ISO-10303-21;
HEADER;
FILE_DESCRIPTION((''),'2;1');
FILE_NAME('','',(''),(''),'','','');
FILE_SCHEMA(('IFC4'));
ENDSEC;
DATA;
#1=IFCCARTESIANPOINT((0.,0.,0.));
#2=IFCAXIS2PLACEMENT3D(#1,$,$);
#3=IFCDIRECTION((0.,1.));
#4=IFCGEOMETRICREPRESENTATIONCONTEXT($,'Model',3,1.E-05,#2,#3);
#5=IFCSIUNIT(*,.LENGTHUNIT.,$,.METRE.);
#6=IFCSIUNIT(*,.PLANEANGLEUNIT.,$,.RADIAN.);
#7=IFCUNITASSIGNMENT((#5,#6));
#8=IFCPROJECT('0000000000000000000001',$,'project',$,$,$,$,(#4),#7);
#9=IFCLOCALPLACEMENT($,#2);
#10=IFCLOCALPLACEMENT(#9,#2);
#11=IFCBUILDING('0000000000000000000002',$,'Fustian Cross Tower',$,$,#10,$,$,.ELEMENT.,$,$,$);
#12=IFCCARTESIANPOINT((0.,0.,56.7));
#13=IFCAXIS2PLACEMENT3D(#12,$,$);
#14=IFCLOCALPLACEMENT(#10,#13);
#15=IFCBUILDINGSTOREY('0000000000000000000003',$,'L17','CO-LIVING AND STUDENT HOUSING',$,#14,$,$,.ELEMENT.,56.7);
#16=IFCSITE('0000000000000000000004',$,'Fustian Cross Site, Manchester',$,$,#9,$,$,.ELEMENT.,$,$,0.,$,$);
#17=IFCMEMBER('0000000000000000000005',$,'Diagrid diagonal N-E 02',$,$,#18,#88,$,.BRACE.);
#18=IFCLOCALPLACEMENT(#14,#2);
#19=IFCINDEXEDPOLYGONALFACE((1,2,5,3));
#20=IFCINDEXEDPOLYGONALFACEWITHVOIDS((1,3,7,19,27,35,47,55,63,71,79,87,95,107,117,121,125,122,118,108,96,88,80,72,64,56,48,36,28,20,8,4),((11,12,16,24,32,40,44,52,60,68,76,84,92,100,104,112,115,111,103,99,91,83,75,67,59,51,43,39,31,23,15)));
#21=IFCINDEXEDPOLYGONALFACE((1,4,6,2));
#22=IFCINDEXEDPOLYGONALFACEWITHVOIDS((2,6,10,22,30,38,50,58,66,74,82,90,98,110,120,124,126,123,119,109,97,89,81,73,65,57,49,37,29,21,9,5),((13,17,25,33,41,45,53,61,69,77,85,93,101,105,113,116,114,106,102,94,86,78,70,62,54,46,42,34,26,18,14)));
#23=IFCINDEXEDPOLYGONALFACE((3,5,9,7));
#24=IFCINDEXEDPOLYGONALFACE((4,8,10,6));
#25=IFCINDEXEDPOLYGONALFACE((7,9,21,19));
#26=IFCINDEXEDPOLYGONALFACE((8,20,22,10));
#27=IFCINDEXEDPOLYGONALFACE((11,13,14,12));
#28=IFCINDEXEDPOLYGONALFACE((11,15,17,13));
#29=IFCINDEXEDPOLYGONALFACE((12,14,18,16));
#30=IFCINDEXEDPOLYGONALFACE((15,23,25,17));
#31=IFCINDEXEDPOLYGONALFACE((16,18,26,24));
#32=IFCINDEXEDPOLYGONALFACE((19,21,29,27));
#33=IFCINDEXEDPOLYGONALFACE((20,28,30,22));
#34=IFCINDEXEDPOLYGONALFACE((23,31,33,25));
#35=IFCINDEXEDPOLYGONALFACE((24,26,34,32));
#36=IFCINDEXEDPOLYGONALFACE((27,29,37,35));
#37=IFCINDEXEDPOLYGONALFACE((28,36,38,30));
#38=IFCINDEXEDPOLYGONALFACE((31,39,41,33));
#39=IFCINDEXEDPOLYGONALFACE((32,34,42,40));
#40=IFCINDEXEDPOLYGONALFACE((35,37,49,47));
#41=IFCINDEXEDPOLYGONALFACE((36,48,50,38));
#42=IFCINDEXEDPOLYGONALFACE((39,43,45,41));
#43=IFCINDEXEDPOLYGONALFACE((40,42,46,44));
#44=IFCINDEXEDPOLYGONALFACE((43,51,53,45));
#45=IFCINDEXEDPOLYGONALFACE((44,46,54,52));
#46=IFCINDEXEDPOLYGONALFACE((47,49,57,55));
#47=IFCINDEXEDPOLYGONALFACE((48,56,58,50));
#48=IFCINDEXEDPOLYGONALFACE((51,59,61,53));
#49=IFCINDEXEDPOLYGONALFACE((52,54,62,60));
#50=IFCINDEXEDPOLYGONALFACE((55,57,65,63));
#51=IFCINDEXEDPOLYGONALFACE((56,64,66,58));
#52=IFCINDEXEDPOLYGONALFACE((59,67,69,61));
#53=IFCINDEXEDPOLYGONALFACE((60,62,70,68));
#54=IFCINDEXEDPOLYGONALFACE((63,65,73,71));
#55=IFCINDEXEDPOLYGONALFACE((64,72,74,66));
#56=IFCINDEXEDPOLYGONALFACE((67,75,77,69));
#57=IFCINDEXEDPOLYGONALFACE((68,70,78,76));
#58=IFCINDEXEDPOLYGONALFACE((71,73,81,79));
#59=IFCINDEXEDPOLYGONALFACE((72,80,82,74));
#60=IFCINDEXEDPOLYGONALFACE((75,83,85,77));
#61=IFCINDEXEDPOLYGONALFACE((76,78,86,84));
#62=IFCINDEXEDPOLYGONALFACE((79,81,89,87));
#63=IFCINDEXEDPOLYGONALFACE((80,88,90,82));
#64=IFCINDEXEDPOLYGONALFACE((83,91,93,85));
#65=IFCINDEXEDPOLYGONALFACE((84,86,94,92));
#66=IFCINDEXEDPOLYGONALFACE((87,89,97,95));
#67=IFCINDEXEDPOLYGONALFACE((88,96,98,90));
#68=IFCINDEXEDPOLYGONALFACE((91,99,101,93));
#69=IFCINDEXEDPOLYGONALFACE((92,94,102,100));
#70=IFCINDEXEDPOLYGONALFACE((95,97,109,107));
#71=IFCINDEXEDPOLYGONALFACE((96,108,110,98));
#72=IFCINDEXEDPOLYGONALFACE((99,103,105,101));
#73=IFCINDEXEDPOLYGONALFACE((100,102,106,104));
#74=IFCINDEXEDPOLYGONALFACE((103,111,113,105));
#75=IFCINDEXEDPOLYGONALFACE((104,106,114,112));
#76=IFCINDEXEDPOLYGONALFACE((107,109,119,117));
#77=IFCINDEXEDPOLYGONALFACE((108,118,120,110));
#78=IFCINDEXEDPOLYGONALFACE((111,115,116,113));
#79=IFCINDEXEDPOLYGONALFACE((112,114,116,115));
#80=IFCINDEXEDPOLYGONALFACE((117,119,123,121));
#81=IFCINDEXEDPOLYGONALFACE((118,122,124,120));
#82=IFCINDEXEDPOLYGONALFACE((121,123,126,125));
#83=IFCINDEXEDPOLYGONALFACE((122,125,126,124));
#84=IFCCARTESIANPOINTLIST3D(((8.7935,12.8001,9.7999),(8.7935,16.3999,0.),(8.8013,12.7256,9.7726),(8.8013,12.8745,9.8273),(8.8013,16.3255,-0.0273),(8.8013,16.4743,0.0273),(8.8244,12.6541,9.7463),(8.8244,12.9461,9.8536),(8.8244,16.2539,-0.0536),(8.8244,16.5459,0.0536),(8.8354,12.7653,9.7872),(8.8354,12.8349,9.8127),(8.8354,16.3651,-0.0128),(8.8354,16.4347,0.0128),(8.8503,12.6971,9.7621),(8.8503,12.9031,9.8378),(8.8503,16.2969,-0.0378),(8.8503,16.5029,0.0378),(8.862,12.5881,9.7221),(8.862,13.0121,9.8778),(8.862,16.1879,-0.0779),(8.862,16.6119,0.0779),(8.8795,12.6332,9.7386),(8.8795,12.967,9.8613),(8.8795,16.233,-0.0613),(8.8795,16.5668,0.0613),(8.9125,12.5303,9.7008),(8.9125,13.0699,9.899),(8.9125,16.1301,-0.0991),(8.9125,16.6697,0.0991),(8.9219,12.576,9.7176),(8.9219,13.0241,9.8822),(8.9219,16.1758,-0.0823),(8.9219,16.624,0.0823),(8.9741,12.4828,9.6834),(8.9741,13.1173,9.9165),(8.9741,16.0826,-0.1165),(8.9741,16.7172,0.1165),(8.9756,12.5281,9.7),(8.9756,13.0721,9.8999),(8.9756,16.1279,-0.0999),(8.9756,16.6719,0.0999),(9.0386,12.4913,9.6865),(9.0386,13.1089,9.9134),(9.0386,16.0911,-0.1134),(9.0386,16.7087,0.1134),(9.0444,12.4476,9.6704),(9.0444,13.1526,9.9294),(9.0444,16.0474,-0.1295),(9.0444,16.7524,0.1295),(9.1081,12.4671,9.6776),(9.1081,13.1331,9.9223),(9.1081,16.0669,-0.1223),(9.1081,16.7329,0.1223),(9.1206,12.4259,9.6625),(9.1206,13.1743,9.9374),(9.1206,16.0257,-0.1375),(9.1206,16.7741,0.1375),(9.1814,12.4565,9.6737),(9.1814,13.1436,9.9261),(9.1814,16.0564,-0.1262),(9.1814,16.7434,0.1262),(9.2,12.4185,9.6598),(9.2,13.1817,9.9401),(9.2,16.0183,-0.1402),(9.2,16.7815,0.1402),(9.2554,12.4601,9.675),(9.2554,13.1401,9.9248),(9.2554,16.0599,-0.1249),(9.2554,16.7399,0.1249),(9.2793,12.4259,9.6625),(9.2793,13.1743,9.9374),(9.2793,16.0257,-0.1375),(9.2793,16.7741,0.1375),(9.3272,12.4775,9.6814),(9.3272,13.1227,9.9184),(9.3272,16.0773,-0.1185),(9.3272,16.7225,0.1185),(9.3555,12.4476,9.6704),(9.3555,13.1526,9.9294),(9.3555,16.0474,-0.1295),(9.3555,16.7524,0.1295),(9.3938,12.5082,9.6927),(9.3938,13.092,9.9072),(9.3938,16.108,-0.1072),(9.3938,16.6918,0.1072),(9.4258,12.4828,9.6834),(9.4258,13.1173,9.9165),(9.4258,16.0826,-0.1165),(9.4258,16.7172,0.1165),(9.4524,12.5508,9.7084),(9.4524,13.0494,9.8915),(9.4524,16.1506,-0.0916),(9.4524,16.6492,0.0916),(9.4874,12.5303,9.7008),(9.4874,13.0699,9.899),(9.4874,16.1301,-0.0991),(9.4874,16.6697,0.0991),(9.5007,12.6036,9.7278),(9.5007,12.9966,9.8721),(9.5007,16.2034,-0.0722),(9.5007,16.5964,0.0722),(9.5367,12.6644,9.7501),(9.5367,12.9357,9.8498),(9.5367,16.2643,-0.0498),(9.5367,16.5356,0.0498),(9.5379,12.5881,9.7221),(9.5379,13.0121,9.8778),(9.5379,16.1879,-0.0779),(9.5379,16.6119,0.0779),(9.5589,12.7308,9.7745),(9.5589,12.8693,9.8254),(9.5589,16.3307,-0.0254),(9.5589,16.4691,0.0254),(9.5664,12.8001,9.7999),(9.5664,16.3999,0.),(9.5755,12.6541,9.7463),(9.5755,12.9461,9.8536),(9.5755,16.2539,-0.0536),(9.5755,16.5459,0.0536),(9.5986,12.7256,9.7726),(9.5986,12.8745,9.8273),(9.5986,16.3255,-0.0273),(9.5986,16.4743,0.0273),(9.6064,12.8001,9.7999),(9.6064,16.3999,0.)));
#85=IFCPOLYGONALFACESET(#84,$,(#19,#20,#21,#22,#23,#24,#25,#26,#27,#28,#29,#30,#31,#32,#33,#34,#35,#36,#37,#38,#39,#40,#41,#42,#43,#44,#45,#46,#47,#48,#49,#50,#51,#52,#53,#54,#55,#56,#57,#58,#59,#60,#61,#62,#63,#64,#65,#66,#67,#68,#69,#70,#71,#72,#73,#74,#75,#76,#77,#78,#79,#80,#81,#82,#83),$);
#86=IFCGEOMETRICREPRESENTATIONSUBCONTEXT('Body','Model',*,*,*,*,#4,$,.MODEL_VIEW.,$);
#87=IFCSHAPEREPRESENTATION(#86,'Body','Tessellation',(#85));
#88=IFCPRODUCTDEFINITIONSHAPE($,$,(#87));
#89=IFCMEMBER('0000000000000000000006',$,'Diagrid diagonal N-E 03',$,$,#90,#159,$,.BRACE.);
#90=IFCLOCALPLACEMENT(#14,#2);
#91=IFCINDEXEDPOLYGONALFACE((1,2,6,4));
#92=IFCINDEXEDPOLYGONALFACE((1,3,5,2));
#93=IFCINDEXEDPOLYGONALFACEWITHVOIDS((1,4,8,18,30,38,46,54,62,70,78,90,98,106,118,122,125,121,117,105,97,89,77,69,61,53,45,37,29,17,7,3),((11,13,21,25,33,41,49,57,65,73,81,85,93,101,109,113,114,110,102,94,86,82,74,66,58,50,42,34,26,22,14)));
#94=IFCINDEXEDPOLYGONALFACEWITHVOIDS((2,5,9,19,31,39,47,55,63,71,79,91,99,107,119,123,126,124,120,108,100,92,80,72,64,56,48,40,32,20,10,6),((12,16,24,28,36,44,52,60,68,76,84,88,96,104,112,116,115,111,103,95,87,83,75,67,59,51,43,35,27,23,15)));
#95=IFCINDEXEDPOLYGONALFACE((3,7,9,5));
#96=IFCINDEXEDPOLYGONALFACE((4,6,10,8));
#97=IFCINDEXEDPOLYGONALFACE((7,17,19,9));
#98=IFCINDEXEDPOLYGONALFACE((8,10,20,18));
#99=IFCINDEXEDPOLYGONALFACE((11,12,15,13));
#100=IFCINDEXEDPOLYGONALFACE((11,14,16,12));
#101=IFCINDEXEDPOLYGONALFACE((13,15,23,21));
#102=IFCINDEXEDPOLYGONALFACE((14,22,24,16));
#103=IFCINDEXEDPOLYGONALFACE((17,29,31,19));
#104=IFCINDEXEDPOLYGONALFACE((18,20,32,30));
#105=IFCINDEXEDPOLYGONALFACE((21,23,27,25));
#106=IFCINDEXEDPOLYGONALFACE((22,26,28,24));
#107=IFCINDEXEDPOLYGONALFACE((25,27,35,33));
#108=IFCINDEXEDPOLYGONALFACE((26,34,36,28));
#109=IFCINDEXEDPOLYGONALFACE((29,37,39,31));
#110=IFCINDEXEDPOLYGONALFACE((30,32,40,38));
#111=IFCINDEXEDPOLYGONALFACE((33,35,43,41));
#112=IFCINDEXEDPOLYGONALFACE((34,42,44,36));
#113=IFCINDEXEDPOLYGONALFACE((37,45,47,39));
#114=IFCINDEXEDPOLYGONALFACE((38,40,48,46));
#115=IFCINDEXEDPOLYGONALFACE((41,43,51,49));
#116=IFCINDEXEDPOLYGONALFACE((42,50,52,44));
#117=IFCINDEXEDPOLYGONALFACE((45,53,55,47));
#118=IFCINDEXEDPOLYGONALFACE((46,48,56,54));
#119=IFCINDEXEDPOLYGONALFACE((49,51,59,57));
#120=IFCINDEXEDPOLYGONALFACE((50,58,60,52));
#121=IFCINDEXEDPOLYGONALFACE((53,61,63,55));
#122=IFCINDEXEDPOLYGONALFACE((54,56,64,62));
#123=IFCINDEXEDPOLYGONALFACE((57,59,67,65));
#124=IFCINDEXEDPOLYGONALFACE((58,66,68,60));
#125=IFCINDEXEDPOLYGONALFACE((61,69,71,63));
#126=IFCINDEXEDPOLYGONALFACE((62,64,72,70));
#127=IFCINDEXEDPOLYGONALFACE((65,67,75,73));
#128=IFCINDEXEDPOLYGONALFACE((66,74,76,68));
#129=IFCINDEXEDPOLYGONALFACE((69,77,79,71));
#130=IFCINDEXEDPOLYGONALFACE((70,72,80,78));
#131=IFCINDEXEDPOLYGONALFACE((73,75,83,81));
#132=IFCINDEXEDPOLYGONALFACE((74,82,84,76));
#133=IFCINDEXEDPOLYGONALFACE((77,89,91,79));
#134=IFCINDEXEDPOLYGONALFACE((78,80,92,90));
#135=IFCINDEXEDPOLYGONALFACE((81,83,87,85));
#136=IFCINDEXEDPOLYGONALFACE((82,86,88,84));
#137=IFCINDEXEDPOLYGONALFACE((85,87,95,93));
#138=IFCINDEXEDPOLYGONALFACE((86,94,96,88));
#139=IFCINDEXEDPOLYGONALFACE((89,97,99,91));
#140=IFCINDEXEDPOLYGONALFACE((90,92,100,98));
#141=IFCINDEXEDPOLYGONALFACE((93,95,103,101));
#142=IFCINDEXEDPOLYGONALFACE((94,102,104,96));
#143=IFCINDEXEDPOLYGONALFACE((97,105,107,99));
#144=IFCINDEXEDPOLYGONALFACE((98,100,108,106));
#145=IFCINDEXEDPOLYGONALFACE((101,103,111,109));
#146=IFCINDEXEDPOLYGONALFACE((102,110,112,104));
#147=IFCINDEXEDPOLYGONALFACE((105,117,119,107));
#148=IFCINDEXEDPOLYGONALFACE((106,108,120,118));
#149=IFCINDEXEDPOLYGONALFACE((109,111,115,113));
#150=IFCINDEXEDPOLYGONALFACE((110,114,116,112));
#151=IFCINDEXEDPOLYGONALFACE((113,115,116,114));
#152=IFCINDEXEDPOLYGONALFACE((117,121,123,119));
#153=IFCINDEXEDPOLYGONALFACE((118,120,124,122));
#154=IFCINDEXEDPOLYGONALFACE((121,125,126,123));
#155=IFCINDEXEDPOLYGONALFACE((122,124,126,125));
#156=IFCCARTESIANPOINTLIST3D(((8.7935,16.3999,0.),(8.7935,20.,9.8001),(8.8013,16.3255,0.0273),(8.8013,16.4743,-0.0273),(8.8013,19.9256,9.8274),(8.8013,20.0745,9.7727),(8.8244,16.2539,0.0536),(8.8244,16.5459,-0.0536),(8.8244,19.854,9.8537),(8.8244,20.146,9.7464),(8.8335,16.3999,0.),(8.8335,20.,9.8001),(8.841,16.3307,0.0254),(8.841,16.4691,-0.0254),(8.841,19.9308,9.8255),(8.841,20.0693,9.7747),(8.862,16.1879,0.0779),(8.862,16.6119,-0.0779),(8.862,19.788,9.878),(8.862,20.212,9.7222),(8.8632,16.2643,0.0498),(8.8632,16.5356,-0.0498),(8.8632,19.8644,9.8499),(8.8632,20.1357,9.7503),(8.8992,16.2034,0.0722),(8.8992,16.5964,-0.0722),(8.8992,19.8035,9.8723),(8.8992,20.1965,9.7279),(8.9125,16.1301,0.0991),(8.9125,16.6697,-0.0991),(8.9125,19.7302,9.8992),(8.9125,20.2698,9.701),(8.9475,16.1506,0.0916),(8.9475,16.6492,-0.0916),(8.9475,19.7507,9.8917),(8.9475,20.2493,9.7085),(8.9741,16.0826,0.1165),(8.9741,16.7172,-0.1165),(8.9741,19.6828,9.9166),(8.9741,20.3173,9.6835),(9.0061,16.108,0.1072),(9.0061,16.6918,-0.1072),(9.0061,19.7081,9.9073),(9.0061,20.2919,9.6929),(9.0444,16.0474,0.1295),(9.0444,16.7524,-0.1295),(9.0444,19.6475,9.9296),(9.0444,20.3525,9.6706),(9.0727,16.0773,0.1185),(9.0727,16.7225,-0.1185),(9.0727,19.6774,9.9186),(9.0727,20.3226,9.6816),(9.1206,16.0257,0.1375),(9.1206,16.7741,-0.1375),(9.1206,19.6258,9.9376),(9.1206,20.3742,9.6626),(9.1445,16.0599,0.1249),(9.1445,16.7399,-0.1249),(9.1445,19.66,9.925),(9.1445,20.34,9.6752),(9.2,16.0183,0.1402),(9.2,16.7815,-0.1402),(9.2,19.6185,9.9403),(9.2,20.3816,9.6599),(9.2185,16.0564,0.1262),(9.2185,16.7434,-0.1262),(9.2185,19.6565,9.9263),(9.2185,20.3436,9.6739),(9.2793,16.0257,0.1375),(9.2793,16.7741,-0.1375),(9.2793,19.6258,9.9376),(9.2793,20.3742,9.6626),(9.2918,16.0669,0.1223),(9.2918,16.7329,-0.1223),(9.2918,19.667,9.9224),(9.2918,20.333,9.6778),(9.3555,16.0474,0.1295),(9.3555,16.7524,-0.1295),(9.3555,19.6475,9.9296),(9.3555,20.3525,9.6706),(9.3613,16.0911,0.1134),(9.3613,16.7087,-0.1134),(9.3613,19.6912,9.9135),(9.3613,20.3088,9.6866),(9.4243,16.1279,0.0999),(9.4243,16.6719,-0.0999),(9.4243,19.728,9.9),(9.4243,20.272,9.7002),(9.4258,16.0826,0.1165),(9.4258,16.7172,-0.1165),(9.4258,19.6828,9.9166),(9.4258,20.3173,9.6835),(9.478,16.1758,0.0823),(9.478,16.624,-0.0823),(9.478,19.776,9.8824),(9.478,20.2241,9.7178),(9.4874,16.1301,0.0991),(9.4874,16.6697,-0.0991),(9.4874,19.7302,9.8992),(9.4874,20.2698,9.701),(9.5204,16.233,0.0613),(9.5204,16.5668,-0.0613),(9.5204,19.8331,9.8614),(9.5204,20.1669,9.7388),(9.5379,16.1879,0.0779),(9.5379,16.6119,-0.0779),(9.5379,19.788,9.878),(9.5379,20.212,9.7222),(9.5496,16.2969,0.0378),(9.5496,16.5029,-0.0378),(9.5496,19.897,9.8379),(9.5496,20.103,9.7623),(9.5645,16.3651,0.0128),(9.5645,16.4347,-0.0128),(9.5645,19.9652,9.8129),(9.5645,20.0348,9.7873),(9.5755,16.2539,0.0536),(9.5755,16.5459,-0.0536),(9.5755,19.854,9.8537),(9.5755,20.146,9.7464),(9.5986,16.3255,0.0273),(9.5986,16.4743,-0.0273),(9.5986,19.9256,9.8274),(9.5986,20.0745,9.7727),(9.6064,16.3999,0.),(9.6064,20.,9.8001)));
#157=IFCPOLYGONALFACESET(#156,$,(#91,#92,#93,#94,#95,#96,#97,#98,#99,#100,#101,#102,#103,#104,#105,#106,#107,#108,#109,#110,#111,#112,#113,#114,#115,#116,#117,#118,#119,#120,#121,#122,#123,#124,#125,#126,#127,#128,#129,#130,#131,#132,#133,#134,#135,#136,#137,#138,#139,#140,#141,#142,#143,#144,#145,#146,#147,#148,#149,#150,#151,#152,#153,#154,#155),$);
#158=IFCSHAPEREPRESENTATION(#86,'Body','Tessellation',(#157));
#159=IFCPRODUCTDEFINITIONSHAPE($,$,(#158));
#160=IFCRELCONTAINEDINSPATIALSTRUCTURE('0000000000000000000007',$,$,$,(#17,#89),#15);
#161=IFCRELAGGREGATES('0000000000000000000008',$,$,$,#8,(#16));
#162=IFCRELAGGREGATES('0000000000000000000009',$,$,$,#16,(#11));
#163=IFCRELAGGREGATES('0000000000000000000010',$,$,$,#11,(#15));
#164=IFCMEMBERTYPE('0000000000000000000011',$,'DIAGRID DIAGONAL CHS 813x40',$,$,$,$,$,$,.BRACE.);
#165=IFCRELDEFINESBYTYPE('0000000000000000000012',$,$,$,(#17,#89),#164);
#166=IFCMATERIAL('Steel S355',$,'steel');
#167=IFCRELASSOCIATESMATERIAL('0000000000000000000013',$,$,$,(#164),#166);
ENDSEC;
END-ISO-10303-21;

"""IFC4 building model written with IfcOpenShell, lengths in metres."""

from ifc_helpers import new_model, si_unit, direction, frame, origin, origin_2d, place, context, subcontext, project, spatial, hollow_circle, extrude, material, material_profile, profile_set, type_object, element, save


model = new_model("IFC4")

# Units and contexts
model_context = context("Model", 3, precision=1e-05, world=origin(), true_north=direction((0.0, 1.0)))
body_context = subcontext(model_context, "Body", "Model", "MODEL_VIEW")
ifc_project = project(units=[si_unit("LENGTHUNIT", "METRE"), si_unit("PLANEANGLEUNIT", "RADIAN")], contexts=[model_context])

# Site, building, storey
site_placement = place(None, origin())
site = spatial("IfcSite", under=ifc_project, at=site_placement, Name="Fustian Cross Site, Manchester", CompositionType="ELEMENT", RefElevation=0.0)
building_placement = place(site_placement, origin())
building = spatial("IfcBuilding", under=site, at=building_placement, Name="Fustian Cross Tower", CompositionType="ELEMENT")
storey_placement = place(building_placement, frame((0.0, 0.0, 56.7)))
storey = spatial("IfcBuildingStorey", under=building, at=storey_placement, Name="L17", Description="CO-LIVING AND STUDENT HOUSING", CompositionType="ELEMENT", Elevation=56.7)

# Members
ifc_material_1 = material(Name="Steel S355", Category="steel")
ifc_material_profile_1 = material_profile(ifc_material_1, hollow_circle(Radius=0.4065, WallThickness=0.04, at=origin_2d()), Name="CHS 813x40")
ifc_profile_set_1 = profile_set([ifc_material_profile_1], Name="Steel S355")
member_type_1 = type_object("IfcMemberType", Name="DIAGRID DIAGONAL CHS 813x40", PredefinedType="BRACE", material=ifc_profile_set_1)
for number, where, z_axis, x_axis, name in (
    (1, (9.2, 16.3999, 0.0), (0.0, -0.344804, 0.938675), (1.0, 0.0, 0.0), "Diagrid diagonal N-E 02"),
):
    element("IfcMember", number, at=place(storey_placement, frame(where, z_axis=z_axis, x_axis=x_axis)), inside=storey, type_object=member_type_1, Name=name, PredefinedType="BRACE", context=body_context, shape_type="SweptSolid", body=[
        extrude(hollow_circle(Radius=0.4065, WallThickness=0.04, at=origin_2d()), origin(), (0.0, 0.0, 1.0), 10.4402),
    ])
for number, where, z_axis, x_axis, name in (
    (2, (9.2, 16.3999, 0.0), (0.0, 0.344824, 0.938667), (-1.0, 0.0, 0.0), "Diagrid diagonal N-E 03"),
):
    element("IfcMember", number, at=place(storey_placement, frame(where, z_axis=z_axis, x_axis=x_axis)), inside=storey, type_object=member_type_1, Name=name, PredefinedType="BRACE", context=body_context, shape_type="SweptSolid", body=[
        extrude(hollow_circle(Radius=0.4065, WallThickness=0.04, at=origin_2d()), origin(), (0.0, 0.0, 1.0), 10.4404),
    ])

save(model, "model.ifc")
